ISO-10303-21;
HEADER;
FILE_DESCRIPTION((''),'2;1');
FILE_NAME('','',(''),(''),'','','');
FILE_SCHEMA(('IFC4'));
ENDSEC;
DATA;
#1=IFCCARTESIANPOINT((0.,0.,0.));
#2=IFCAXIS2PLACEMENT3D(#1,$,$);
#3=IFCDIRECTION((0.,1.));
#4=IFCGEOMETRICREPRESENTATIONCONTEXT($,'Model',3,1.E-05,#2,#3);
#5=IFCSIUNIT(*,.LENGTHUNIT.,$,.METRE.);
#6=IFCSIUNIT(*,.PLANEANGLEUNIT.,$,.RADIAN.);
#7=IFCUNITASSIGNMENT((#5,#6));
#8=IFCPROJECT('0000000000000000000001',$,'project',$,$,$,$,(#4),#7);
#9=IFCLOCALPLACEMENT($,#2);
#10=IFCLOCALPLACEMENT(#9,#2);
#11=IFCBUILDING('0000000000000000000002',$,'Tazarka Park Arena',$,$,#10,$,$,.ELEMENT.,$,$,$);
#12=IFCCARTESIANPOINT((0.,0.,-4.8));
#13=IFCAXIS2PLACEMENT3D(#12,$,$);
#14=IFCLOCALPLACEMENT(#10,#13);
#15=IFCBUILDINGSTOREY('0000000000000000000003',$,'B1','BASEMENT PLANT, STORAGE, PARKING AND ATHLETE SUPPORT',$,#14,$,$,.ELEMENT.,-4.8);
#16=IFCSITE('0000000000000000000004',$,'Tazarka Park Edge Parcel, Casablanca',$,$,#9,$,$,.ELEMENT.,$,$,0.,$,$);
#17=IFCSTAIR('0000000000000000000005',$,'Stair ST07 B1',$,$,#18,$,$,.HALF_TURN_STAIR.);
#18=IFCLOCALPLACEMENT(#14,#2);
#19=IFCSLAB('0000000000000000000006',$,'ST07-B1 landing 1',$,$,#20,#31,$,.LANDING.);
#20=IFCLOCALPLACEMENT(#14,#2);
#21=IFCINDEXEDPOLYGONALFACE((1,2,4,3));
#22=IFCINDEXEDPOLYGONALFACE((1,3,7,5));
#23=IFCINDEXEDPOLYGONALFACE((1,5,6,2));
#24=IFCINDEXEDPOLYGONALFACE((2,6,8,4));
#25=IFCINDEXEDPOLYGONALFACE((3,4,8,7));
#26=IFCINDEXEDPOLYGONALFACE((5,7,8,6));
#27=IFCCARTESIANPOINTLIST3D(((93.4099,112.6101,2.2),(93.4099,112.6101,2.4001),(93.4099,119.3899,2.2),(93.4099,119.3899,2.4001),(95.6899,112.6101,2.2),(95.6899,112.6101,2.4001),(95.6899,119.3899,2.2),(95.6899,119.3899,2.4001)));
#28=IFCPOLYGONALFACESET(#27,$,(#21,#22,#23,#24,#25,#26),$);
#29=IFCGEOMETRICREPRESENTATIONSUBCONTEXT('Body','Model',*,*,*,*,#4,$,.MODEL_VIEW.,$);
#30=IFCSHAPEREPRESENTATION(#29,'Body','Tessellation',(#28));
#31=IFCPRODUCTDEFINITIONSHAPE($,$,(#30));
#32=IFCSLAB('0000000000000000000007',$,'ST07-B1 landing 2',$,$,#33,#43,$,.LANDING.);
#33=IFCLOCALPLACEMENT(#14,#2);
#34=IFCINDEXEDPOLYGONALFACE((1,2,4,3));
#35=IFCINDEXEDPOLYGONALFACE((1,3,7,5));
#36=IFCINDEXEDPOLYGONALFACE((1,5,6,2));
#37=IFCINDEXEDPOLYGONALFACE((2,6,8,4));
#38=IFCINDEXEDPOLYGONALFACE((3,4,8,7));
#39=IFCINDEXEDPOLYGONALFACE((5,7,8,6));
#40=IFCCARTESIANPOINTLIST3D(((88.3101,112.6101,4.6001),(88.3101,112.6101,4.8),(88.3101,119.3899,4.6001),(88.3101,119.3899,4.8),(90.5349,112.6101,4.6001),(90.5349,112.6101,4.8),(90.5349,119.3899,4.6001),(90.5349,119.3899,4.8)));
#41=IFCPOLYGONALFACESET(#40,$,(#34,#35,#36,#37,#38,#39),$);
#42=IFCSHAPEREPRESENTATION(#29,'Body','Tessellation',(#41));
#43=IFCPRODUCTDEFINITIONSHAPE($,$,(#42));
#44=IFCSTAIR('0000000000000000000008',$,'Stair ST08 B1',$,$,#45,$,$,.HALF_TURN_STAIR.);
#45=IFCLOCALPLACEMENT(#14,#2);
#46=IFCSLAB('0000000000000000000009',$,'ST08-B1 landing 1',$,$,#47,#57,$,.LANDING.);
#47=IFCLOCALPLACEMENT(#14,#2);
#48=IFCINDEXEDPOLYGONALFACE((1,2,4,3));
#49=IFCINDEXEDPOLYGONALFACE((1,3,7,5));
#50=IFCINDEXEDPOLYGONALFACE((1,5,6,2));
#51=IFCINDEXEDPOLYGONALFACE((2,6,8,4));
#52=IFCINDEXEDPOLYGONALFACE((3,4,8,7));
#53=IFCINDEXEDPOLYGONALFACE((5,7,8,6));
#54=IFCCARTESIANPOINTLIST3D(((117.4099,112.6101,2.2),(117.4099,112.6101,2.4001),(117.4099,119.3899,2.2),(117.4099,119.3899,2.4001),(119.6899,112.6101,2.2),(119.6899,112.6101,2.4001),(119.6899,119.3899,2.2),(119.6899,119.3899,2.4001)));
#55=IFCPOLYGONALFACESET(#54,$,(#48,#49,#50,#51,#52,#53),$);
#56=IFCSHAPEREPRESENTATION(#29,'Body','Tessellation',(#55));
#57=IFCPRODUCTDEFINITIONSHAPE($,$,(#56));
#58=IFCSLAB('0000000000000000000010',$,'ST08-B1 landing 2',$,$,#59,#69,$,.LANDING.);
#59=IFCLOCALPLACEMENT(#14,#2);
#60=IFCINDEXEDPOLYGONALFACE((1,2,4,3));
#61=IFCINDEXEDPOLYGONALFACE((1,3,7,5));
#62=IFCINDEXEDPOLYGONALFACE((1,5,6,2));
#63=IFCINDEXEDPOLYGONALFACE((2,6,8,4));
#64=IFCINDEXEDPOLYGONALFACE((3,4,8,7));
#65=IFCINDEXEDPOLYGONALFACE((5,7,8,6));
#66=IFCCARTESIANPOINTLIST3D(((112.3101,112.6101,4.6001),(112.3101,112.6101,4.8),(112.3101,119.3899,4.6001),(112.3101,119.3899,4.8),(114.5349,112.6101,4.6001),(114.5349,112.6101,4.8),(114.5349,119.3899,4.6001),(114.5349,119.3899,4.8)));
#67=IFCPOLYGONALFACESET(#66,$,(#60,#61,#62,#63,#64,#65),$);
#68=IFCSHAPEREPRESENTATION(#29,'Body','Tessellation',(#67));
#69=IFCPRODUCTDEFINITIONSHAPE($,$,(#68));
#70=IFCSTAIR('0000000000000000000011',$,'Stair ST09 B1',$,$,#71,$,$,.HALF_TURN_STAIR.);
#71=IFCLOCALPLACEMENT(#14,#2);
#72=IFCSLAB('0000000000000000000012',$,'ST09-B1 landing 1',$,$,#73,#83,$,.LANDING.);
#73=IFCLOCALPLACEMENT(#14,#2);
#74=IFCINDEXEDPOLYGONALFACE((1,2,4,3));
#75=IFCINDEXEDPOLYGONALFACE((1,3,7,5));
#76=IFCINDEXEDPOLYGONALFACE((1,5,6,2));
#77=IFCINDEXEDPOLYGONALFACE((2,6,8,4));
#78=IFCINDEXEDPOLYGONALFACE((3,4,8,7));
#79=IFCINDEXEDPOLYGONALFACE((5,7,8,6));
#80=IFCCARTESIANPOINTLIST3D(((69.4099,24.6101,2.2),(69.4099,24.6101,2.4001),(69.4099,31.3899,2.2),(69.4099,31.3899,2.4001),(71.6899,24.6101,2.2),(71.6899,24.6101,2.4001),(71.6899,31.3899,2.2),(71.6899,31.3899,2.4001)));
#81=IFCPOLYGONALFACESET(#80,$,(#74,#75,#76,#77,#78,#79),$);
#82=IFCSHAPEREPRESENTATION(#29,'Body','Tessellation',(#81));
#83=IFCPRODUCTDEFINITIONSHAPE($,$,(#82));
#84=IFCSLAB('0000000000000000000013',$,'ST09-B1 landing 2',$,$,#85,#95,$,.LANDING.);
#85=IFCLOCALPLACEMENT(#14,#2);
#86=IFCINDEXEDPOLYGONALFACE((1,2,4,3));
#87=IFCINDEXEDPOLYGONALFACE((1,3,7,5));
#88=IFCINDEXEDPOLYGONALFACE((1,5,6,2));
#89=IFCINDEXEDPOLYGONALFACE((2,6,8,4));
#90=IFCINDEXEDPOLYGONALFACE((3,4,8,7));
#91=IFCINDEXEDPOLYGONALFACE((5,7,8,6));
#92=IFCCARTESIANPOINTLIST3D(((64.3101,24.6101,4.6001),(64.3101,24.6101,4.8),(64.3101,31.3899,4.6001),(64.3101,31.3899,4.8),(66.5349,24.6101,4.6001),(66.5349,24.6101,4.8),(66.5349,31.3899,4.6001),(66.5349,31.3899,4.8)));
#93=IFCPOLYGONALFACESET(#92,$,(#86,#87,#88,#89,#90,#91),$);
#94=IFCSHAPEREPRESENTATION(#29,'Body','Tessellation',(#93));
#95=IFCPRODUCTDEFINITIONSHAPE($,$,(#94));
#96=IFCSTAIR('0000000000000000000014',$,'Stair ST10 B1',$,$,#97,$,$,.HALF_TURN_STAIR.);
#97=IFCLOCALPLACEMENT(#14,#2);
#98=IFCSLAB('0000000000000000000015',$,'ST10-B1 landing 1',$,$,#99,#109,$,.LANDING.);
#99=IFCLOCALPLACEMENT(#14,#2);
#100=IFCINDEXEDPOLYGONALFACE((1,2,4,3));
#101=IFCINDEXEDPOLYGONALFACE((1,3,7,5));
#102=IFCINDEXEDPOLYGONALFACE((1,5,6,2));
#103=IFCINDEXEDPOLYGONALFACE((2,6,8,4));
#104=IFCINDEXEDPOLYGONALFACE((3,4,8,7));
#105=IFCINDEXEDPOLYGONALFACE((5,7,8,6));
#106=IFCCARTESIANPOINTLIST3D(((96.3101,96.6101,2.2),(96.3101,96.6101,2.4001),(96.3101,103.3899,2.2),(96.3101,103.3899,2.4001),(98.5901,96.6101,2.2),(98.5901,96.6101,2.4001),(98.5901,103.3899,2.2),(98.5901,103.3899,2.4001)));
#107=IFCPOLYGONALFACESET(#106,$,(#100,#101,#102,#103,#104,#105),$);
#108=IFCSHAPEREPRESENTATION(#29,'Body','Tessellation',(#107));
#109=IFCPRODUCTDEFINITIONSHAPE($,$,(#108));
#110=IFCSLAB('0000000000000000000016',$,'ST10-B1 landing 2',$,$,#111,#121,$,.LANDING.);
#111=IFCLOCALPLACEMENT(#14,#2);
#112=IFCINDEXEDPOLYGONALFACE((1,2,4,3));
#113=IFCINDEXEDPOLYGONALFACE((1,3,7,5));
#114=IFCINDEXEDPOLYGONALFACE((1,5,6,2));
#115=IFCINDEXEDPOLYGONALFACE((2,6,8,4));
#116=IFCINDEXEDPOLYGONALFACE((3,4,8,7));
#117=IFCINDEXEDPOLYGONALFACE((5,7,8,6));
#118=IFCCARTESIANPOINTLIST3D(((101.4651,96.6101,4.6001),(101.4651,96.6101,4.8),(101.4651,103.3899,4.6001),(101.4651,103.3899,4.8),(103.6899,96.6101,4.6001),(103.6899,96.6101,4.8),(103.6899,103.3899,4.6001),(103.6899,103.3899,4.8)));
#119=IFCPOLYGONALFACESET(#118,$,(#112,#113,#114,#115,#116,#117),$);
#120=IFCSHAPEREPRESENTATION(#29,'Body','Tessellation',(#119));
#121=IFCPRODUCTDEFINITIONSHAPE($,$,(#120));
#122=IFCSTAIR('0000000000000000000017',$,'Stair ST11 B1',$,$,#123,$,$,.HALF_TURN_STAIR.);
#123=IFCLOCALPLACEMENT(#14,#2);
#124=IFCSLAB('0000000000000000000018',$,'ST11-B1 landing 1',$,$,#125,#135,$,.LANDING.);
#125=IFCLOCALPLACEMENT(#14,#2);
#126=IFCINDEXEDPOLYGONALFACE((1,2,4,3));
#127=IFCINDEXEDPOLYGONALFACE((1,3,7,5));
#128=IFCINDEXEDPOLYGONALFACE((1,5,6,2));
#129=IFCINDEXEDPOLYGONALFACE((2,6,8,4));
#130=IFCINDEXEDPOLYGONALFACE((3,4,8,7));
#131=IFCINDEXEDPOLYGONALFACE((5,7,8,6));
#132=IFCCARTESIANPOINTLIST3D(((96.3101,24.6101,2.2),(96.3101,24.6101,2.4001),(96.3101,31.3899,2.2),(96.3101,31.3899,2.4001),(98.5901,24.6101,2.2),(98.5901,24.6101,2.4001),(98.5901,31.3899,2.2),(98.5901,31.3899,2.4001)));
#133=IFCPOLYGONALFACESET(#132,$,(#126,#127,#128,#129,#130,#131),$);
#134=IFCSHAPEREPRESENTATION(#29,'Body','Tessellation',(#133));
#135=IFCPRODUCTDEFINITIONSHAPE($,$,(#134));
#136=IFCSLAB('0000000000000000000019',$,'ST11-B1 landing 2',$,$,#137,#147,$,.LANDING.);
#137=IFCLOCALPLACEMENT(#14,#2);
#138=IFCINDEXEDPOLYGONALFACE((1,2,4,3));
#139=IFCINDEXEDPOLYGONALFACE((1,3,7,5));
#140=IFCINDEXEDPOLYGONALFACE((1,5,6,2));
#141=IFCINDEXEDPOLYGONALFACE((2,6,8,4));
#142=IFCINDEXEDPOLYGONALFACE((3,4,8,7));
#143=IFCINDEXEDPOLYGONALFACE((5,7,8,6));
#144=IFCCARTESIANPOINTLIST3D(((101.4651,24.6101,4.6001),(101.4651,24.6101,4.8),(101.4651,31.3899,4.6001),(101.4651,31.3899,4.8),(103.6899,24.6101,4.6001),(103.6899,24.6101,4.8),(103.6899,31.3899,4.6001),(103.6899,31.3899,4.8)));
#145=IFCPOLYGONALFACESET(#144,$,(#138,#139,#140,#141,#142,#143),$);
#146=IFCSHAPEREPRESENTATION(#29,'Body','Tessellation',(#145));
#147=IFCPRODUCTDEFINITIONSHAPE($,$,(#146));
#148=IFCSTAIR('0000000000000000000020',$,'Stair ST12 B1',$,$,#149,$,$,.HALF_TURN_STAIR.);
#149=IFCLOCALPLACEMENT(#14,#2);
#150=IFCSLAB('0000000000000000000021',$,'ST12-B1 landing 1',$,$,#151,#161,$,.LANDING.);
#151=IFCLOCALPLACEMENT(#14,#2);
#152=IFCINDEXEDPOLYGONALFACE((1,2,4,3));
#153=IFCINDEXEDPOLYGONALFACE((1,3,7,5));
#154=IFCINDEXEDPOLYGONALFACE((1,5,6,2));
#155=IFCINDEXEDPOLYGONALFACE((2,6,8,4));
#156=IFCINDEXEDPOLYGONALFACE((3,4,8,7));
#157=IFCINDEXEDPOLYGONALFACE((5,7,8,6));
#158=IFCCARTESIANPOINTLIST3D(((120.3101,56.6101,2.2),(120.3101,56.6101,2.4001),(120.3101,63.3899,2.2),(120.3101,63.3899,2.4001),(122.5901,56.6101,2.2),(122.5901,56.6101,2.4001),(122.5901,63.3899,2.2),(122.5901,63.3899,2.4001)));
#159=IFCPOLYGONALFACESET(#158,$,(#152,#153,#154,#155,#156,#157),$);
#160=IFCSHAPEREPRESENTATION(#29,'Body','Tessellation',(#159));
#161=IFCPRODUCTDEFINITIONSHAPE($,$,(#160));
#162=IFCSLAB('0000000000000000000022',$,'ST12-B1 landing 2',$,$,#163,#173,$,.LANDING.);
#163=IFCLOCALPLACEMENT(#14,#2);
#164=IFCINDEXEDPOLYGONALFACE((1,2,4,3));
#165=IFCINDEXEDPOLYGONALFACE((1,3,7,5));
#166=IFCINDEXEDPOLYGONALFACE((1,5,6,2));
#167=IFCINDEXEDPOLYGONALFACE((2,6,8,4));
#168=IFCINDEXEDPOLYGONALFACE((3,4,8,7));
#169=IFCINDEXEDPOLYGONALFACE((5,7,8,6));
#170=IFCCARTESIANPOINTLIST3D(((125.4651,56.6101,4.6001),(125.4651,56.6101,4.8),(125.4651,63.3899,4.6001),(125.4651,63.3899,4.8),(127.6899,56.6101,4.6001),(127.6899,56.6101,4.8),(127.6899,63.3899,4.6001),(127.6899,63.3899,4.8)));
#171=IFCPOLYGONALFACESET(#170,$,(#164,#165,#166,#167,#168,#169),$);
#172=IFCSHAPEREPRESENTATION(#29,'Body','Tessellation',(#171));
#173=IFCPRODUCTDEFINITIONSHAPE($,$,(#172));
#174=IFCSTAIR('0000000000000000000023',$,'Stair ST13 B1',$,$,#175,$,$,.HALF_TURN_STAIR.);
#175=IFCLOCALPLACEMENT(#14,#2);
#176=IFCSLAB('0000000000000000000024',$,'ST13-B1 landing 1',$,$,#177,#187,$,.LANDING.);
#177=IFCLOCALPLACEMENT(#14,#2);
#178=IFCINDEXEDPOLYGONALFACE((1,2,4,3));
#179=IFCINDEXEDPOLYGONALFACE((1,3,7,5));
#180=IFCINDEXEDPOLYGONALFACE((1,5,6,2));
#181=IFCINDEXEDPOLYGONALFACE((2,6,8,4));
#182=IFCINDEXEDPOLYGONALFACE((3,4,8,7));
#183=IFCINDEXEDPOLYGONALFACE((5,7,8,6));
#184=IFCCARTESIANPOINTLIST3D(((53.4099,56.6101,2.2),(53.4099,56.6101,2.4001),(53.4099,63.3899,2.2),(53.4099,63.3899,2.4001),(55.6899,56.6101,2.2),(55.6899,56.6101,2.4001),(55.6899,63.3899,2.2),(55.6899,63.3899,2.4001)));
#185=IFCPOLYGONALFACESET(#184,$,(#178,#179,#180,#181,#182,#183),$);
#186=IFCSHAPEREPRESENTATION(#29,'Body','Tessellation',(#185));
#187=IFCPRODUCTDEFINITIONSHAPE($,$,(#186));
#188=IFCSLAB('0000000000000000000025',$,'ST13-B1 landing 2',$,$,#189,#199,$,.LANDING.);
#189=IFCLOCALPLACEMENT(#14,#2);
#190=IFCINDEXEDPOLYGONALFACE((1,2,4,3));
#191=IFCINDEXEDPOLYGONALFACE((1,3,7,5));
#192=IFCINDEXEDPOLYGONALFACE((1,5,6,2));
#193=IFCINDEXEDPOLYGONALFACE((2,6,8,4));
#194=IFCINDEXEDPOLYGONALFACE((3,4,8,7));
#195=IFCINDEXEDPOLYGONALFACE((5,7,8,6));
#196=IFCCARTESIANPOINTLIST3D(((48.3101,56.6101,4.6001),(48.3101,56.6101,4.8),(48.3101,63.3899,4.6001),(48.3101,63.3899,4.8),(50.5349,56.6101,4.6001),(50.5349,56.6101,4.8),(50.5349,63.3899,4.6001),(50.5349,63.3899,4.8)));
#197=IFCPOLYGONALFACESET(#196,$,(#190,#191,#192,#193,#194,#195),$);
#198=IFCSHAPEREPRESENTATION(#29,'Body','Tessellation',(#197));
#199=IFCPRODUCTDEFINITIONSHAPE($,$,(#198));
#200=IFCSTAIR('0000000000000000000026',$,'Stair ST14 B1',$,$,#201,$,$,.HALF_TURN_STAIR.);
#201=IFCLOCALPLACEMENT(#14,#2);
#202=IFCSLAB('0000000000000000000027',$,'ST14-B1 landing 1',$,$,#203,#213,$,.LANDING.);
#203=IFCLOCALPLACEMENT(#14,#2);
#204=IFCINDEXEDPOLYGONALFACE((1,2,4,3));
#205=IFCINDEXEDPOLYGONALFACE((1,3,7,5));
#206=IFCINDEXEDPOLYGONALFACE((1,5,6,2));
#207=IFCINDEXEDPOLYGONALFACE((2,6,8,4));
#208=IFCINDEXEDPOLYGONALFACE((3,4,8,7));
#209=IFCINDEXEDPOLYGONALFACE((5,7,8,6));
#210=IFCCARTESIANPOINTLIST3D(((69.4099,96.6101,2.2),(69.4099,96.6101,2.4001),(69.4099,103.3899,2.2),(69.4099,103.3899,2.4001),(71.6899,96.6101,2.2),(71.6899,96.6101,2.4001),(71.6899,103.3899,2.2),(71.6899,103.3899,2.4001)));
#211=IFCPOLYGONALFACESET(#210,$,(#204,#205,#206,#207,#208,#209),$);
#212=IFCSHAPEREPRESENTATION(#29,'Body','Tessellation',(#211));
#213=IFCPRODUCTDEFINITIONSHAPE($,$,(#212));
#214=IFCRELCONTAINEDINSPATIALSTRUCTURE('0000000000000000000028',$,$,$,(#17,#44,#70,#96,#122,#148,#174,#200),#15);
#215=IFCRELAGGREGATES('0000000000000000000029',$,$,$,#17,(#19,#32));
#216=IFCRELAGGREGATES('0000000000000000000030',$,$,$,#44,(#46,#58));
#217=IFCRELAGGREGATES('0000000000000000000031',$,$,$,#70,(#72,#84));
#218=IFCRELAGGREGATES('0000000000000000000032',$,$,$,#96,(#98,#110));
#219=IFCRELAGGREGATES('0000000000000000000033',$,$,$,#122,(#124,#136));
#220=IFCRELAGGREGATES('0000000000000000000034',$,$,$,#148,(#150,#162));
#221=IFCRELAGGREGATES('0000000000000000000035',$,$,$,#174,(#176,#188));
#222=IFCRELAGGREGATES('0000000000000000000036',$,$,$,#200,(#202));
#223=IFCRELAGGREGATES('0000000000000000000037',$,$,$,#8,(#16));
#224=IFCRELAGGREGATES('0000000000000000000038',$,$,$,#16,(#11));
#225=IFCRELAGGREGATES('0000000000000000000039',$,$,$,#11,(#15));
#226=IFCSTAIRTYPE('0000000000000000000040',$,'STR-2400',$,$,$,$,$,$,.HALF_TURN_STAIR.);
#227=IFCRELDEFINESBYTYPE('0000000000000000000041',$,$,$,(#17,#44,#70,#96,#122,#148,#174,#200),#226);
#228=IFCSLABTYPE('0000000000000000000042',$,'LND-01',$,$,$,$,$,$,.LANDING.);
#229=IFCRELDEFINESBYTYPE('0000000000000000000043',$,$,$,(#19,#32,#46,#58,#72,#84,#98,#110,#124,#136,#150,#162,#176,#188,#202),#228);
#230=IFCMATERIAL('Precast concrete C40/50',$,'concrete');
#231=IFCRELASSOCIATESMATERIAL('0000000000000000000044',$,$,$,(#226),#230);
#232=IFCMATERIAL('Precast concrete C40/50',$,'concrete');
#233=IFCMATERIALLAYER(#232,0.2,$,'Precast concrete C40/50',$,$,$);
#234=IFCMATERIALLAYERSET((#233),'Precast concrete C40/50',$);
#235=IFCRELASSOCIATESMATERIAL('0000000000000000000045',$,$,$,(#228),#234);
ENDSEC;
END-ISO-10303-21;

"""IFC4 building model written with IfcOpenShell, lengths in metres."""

from ifc_helpers import new_model, si_unit, direction, frame, origin, place, context, subcontext, project, spatial, polyline, outline, extrude, material, layer, layer_set, type_object, element, aggregate, save


model = new_model("IFC4")

# Units and contexts
model_context = context("Model", 3, precision=1e-05, world=origin(), true_north=direction((0.0, 1.0)))
body_context = subcontext(model_context, "Body", "Model", "MODEL_VIEW")
ifc_project = project(units=[si_unit("LENGTHUNIT", "METRE"), si_unit("PLANEANGLEUNIT", "RADIAN")], contexts=[model_context])

# Site, building, storey
site_placement = place(None, origin())
site = spatial("IfcSite", under=ifc_project, at=site_placement, Name="Tazarka Park Edge Parcel, Casablanca", CompositionType="ELEMENT", RefElevation=0.0)
building_placement = place(site_placement, origin())
building = spatial("IfcBuilding", under=site, at=building_placement, Name="Tazarka Park Arena", CompositionType="ELEMENT")
storey_placement = place(building_placement, frame((0.0, 0.0, -4.8)))
storey = spatial("IfcBuildingStorey", under=building, at=storey_placement, Name="B1", Description="BASEMENT PLANT, STORAGE, PARKING AND ATHLETE SUPPORT", CompositionType="ELEMENT", Elevation=-4.8)

# Stairs, slabs
ifc_material_1 = material(Name="Precast concrete C40/50", Category="concrete")
stair_type_1 = type_object("IfcStairType", Name="STR-2400", PredefinedType="HALF_TURN_STAIR", material=ifc_material_1)
stair_1_placement = place(storey_placement, origin())
stair_1 = element("IfcStair", 1, at=stair_1_placement, inside=storey, type_object=stair_type_1, Name="Stair ST07 B1", PredefinedType="HALF_TURN_STAIR")
ifc_material_2 = material(Name="Precast concrete C40/50", Category="concrete")
ifc_layer = layer(ifc_material_2, 0.2, Name="Precast concrete C40/50")
ifc_layer_set = layer_set([ifc_layer], Name="Precast concrete C40/50")
slab_type = type_object("IfcSlabType", Name="LND-01", PredefinedType="LANDING", material=ifc_layer_set)
slab_1_placement = place(storey_placement, frame((0.0, 0.0, 2.2)))
slab_1 = element("IfcSlab", 2, at=slab_1_placement, type_object=slab_type, Name="ST07-B1 landing 1", PredefinedType="LANDING", context=body_context, shape_type="SweptSolid", body=[
    extrude(outline(polyline([(93.4099, 112.6101), (95.6899, 112.6101), (95.6899, 119.3899), (93.4099, 119.3899), (93.4099, 112.6101)])), origin(), (0.0, 0.0, 1.0), 0.2002),
])
slab_2_placement = place(storey_placement, frame((0.0, 0.0, 4.6001)))
slab_2 = element("IfcSlab", 3, at=slab_2_placement, type_object=slab_type, Name="ST07-B1 landing 2", PredefinedType="LANDING", context=body_context, shape_type="SweptSolid", body=[
    extrude(outline(polyline([(88.3101, 112.6101), (90.5349, 112.6101), (90.5349, 119.3899), (88.3101, 119.3899), (88.3101, 112.6101)])), origin(), (0.0, 0.0, 1.0), 0.2),
])
aggregate(stair_1, [slab_1, slab_2])
stair_2_placement = place(storey_placement, origin())
stair_2 = element("IfcStair", 4, at=stair_2_placement, inside=storey, type_object=stair_type_1, Name="Stair ST08 B1", PredefinedType="HALF_TURN_STAIR")
slab_3_placement = place(storey_placement, frame((0.0, 0.0, 2.2)))
slab_3 = element("IfcSlab", 5, at=slab_3_placement, type_object=slab_type, Name="ST08-B1 landing 1", PredefinedType="LANDING", context=body_context, shape_type="SweptSolid", body=[
    extrude(outline(polyline([(117.4099, 112.6101), (119.6899, 112.6101), (119.6899, 119.3899), (117.4099, 119.3899), (117.4099, 112.6101)])), origin(), (0.0, 0.0, 1.0), 0.2002),
])
slab_4_placement = place(storey_placement, frame((0.0, 0.0, 4.6001)))
slab_4 = element("IfcSlab", 6, at=slab_4_placement, type_object=slab_type, Name="ST08-B1 landing 2", PredefinedType="LANDING", context=body_context, shape_type="SweptSolid", body=[
    extrude(outline(polyline([(112.3101, 112.6101), (114.5349, 112.6101), (114.5349, 119.3899), (112.3101, 119.3899), (112.3101, 112.6101)])), origin(), (0.0, 0.0, 1.0), 0.2),
])
aggregate(stair_2, [slab_3, slab_4])
stair_3_placement = place(storey_placement, origin())
stair_3 = element("IfcStair", 7, at=stair_3_placement, inside=storey, type_object=stair_type_1, Name="Stair ST09 B1", PredefinedType="HALF_TURN_STAIR")
slab_5_placement = place(storey_placement, frame((0.0, 0.0, 2.2)))
slab_5 = element("IfcSlab", 8, at=slab_5_placement, type_object=slab_type, Name="ST09-B1 landing 1", PredefinedType="LANDING", context=body_context, shape_type="SweptSolid", body=[
    extrude(outline(polyline([(69.4099, 24.6101), (71.6899, 24.6101), (71.6899, 31.3899), (69.4099, 31.3899), (69.4099, 24.6101)])), origin(), (0.0, 0.0, 1.0), 0.2002),
])
slab_6_placement = place(storey_placement, frame((0.0, 0.0, 4.6001)))
slab_6 = element("IfcSlab", 9, at=slab_6_placement, type_object=slab_type, Name="ST09-B1 landing 2", PredefinedType="LANDING", context=body_context, shape_type="SweptSolid", body=[
    extrude(outline(polyline([(64.3101, 24.6101), (66.5349, 24.6101), (66.5349, 31.3899), (64.3101, 31.3899), (64.3101, 24.6101)])), origin(), (0.0, 0.0, 1.0), 0.2),
])
aggregate(stair_3, [slab_5, slab_6])
stair_4_placement = place(storey_placement, origin())
stair_4 = element("IfcStair", 10, at=stair_4_placement, inside=storey, type_object=stair_type_1, Name="Stair ST10 B1", PredefinedType="HALF_TURN_STAIR")
slab_7_placement = place(storey_placement, frame((0.0, 0.0, 2.2)))
slab_7 = element("IfcSlab", 11, at=slab_7_placement, type_object=slab_type, Name="ST10-B1 landing 1", PredefinedType="LANDING", context=body_context, shape_type="SweptSolid", body=[
    extrude(outline(polyline([(96.3101, 96.6101), (98.5901, 96.6101), (98.5901, 103.3899), (96.3101, 103.3899), (96.3101, 96.6101)])), origin(), (0.0, 0.0, 1.0), 0.2002),
])
slab_8_placement = place(storey_placement, frame((0.0, 0.0, 4.6001)))
slab_8 = element("IfcSlab", 12, at=slab_8_placement, type_object=slab_type, Name="ST10-B1 landing 2", PredefinedType="LANDING", context=body_context, shape_type="SweptSolid", body=[
    extrude(outline(polyline([(101.4651, 96.6101), (103.6899, 96.6101), (103.6899, 103.3899), (101.4651, 103.3899), (101.4651, 96.6101)])), origin(), (0.0, 0.0, 1.0), 0.2),
])
aggregate(stair_4, [slab_7, slab_8])
stair_5_placement = place(storey_placement, origin())
stair_5 = element("IfcStair", 13, at=stair_5_placement, inside=storey, type_object=stair_type_1, Name="Stair ST11 B1", PredefinedType="HALF_TURN_STAIR")
slab_9_placement = place(storey_placement, frame((0.0, 0.0, 2.2)))
slab_9 = element("IfcSlab", 14, at=slab_9_placement, type_object=slab_type, Name="ST11-B1 landing 1", PredefinedType="LANDING", context=body_context, shape_type="SweptSolid", body=[
    extrude(outline(polyline([(96.3101, 24.6101), (98.5901, 24.6101), (98.5901, 31.3899), (96.3101, 31.3899), (96.3101, 24.6101)])), origin(), (0.0, 0.0, 1.0), 0.2002),
])
slab_10_placement = place(storey_placement, frame((0.0, 0.0, 4.6001)))
slab_10 = element("IfcSlab", 15, at=slab_10_placement, type_object=slab_type, Name="ST11-B1 landing 2", PredefinedType="LANDING", context=body_context, shape_type="SweptSolid", body=[
    extrude(outline(polyline([(101.4651, 24.6101), (103.6899, 24.6101), (103.6899, 31.3899), (101.4651, 31.3899), (101.4651, 24.6101)])), origin(), (0.0, 0.0, 1.0), 0.2),
])
aggregate(stair_5, [slab_9, slab_10])
stair_6_placement = place(storey_placement, origin())
stair_6 = element("IfcStair", 16, at=stair_6_placement, inside=storey, type_object=stair_type_1, Name="Stair ST12 B1", PredefinedType="HALF_TURN_STAIR")
slab_11_placement = place(storey_placement, frame((0.0, 0.0, 2.2)))
slab_11 = element("IfcSlab", 17, at=slab_11_placement, type_object=slab_type, Name="ST12-B1 landing 1", PredefinedType="LANDING", context=body_context, shape_type="SweptSolid", body=[
    extrude(outline(polyline([(120.3101, 56.6101), (122.5901, 56.6101), (122.5901, 63.3899), (120.3101, 63.3899), (120.3101, 56.6101)])), origin(), (0.0, 0.0, 1.0), 0.2002),
])
slab_12_placement = place(storey_placement, frame((0.0, 0.0, 4.6001)))
slab_12 = element("IfcSlab", 18, at=slab_12_placement, type_object=slab_type, Name="ST12-B1 landing 2", PredefinedType="LANDING", context=body_context, shape_type="SweptSolid", body=[
    extrude(outline(polyline([(125.4651, 56.6101), (127.6899, 56.6101), (127.6899, 63.3899), (125.4651, 63.3899), (125.4651, 56.6101)])), origin(), (0.0, 0.0, 1.0), 0.2),
])
aggregate(stair_6, [slab_11, slab_12])
stair_7_placement = place(storey_placement, origin())
stair_7 = element("IfcStair", 19, at=stair_7_placement, inside=storey, type_object=stair_type_1, Name="Stair ST13 B1", PredefinedType="HALF_TURN_STAIR")
slab_13_placement = place(storey_placement, frame((0.0, 0.0, 2.2)))
slab_13 = element("IfcSlab", 20, at=slab_13_placement, type_object=slab_type, Name="ST13-B1 landing 1", PredefinedType="LANDING", context=body_context, shape_type="SweptSolid", body=[
    extrude(outline(polyline([(53.4099, 56.6101), (55.6899, 56.6101), (55.6899, 63.3899), (53.4099, 63.3899), (53.4099, 56.6101)])), origin(), (0.0, 0.0, 1.0), 0.2002),
])
slab_14_placement = place(storey_placement, frame((0.0, 0.0, 4.6001)))
slab_14 = element("IfcSlab", 21, at=slab_14_placement, type_object=slab_type, Name="ST13-B1 landing 2", PredefinedType="LANDING", context=body_context, shape_type="SweptSolid", body=[
    extrude(outline(polyline([(48.3101, 56.6101), (50.5349, 56.6101), (50.5349, 63.3899), (48.3101, 63.3899), (48.3101, 56.6101)])), origin(), (0.0, 0.0, 1.0), 0.2),
])
aggregate(stair_7, [slab_13, slab_14])
stair_8_placement = place(storey_placement, origin())
stair_8 = element("IfcStair", 22, at=stair_8_placement, inside=storey, type_object=stair_type_1, Name="Stair ST14 B1", PredefinedType="HALF_TURN_STAIR")
slab_15_placement = place(storey_placement, frame((0.0, 0.0, 2.2)))
slab_15 = element("IfcSlab", 23, at=slab_15_placement, type_object=slab_type, Name="ST14-B1 landing 1", PredefinedType="LANDING", context=body_context, shape_type="SweptSolid", body=[
    extrude(outline(polyline([(69.4099, 96.6101), (71.6899, 96.6101), (71.6899, 103.3899), (69.4099, 103.3899), (69.4099, 96.6101)])), origin(), (0.0, 0.0, 1.0), 0.2002),
])
aggregate(stair_8, [slab_15])

save(model, "model.ifc")
